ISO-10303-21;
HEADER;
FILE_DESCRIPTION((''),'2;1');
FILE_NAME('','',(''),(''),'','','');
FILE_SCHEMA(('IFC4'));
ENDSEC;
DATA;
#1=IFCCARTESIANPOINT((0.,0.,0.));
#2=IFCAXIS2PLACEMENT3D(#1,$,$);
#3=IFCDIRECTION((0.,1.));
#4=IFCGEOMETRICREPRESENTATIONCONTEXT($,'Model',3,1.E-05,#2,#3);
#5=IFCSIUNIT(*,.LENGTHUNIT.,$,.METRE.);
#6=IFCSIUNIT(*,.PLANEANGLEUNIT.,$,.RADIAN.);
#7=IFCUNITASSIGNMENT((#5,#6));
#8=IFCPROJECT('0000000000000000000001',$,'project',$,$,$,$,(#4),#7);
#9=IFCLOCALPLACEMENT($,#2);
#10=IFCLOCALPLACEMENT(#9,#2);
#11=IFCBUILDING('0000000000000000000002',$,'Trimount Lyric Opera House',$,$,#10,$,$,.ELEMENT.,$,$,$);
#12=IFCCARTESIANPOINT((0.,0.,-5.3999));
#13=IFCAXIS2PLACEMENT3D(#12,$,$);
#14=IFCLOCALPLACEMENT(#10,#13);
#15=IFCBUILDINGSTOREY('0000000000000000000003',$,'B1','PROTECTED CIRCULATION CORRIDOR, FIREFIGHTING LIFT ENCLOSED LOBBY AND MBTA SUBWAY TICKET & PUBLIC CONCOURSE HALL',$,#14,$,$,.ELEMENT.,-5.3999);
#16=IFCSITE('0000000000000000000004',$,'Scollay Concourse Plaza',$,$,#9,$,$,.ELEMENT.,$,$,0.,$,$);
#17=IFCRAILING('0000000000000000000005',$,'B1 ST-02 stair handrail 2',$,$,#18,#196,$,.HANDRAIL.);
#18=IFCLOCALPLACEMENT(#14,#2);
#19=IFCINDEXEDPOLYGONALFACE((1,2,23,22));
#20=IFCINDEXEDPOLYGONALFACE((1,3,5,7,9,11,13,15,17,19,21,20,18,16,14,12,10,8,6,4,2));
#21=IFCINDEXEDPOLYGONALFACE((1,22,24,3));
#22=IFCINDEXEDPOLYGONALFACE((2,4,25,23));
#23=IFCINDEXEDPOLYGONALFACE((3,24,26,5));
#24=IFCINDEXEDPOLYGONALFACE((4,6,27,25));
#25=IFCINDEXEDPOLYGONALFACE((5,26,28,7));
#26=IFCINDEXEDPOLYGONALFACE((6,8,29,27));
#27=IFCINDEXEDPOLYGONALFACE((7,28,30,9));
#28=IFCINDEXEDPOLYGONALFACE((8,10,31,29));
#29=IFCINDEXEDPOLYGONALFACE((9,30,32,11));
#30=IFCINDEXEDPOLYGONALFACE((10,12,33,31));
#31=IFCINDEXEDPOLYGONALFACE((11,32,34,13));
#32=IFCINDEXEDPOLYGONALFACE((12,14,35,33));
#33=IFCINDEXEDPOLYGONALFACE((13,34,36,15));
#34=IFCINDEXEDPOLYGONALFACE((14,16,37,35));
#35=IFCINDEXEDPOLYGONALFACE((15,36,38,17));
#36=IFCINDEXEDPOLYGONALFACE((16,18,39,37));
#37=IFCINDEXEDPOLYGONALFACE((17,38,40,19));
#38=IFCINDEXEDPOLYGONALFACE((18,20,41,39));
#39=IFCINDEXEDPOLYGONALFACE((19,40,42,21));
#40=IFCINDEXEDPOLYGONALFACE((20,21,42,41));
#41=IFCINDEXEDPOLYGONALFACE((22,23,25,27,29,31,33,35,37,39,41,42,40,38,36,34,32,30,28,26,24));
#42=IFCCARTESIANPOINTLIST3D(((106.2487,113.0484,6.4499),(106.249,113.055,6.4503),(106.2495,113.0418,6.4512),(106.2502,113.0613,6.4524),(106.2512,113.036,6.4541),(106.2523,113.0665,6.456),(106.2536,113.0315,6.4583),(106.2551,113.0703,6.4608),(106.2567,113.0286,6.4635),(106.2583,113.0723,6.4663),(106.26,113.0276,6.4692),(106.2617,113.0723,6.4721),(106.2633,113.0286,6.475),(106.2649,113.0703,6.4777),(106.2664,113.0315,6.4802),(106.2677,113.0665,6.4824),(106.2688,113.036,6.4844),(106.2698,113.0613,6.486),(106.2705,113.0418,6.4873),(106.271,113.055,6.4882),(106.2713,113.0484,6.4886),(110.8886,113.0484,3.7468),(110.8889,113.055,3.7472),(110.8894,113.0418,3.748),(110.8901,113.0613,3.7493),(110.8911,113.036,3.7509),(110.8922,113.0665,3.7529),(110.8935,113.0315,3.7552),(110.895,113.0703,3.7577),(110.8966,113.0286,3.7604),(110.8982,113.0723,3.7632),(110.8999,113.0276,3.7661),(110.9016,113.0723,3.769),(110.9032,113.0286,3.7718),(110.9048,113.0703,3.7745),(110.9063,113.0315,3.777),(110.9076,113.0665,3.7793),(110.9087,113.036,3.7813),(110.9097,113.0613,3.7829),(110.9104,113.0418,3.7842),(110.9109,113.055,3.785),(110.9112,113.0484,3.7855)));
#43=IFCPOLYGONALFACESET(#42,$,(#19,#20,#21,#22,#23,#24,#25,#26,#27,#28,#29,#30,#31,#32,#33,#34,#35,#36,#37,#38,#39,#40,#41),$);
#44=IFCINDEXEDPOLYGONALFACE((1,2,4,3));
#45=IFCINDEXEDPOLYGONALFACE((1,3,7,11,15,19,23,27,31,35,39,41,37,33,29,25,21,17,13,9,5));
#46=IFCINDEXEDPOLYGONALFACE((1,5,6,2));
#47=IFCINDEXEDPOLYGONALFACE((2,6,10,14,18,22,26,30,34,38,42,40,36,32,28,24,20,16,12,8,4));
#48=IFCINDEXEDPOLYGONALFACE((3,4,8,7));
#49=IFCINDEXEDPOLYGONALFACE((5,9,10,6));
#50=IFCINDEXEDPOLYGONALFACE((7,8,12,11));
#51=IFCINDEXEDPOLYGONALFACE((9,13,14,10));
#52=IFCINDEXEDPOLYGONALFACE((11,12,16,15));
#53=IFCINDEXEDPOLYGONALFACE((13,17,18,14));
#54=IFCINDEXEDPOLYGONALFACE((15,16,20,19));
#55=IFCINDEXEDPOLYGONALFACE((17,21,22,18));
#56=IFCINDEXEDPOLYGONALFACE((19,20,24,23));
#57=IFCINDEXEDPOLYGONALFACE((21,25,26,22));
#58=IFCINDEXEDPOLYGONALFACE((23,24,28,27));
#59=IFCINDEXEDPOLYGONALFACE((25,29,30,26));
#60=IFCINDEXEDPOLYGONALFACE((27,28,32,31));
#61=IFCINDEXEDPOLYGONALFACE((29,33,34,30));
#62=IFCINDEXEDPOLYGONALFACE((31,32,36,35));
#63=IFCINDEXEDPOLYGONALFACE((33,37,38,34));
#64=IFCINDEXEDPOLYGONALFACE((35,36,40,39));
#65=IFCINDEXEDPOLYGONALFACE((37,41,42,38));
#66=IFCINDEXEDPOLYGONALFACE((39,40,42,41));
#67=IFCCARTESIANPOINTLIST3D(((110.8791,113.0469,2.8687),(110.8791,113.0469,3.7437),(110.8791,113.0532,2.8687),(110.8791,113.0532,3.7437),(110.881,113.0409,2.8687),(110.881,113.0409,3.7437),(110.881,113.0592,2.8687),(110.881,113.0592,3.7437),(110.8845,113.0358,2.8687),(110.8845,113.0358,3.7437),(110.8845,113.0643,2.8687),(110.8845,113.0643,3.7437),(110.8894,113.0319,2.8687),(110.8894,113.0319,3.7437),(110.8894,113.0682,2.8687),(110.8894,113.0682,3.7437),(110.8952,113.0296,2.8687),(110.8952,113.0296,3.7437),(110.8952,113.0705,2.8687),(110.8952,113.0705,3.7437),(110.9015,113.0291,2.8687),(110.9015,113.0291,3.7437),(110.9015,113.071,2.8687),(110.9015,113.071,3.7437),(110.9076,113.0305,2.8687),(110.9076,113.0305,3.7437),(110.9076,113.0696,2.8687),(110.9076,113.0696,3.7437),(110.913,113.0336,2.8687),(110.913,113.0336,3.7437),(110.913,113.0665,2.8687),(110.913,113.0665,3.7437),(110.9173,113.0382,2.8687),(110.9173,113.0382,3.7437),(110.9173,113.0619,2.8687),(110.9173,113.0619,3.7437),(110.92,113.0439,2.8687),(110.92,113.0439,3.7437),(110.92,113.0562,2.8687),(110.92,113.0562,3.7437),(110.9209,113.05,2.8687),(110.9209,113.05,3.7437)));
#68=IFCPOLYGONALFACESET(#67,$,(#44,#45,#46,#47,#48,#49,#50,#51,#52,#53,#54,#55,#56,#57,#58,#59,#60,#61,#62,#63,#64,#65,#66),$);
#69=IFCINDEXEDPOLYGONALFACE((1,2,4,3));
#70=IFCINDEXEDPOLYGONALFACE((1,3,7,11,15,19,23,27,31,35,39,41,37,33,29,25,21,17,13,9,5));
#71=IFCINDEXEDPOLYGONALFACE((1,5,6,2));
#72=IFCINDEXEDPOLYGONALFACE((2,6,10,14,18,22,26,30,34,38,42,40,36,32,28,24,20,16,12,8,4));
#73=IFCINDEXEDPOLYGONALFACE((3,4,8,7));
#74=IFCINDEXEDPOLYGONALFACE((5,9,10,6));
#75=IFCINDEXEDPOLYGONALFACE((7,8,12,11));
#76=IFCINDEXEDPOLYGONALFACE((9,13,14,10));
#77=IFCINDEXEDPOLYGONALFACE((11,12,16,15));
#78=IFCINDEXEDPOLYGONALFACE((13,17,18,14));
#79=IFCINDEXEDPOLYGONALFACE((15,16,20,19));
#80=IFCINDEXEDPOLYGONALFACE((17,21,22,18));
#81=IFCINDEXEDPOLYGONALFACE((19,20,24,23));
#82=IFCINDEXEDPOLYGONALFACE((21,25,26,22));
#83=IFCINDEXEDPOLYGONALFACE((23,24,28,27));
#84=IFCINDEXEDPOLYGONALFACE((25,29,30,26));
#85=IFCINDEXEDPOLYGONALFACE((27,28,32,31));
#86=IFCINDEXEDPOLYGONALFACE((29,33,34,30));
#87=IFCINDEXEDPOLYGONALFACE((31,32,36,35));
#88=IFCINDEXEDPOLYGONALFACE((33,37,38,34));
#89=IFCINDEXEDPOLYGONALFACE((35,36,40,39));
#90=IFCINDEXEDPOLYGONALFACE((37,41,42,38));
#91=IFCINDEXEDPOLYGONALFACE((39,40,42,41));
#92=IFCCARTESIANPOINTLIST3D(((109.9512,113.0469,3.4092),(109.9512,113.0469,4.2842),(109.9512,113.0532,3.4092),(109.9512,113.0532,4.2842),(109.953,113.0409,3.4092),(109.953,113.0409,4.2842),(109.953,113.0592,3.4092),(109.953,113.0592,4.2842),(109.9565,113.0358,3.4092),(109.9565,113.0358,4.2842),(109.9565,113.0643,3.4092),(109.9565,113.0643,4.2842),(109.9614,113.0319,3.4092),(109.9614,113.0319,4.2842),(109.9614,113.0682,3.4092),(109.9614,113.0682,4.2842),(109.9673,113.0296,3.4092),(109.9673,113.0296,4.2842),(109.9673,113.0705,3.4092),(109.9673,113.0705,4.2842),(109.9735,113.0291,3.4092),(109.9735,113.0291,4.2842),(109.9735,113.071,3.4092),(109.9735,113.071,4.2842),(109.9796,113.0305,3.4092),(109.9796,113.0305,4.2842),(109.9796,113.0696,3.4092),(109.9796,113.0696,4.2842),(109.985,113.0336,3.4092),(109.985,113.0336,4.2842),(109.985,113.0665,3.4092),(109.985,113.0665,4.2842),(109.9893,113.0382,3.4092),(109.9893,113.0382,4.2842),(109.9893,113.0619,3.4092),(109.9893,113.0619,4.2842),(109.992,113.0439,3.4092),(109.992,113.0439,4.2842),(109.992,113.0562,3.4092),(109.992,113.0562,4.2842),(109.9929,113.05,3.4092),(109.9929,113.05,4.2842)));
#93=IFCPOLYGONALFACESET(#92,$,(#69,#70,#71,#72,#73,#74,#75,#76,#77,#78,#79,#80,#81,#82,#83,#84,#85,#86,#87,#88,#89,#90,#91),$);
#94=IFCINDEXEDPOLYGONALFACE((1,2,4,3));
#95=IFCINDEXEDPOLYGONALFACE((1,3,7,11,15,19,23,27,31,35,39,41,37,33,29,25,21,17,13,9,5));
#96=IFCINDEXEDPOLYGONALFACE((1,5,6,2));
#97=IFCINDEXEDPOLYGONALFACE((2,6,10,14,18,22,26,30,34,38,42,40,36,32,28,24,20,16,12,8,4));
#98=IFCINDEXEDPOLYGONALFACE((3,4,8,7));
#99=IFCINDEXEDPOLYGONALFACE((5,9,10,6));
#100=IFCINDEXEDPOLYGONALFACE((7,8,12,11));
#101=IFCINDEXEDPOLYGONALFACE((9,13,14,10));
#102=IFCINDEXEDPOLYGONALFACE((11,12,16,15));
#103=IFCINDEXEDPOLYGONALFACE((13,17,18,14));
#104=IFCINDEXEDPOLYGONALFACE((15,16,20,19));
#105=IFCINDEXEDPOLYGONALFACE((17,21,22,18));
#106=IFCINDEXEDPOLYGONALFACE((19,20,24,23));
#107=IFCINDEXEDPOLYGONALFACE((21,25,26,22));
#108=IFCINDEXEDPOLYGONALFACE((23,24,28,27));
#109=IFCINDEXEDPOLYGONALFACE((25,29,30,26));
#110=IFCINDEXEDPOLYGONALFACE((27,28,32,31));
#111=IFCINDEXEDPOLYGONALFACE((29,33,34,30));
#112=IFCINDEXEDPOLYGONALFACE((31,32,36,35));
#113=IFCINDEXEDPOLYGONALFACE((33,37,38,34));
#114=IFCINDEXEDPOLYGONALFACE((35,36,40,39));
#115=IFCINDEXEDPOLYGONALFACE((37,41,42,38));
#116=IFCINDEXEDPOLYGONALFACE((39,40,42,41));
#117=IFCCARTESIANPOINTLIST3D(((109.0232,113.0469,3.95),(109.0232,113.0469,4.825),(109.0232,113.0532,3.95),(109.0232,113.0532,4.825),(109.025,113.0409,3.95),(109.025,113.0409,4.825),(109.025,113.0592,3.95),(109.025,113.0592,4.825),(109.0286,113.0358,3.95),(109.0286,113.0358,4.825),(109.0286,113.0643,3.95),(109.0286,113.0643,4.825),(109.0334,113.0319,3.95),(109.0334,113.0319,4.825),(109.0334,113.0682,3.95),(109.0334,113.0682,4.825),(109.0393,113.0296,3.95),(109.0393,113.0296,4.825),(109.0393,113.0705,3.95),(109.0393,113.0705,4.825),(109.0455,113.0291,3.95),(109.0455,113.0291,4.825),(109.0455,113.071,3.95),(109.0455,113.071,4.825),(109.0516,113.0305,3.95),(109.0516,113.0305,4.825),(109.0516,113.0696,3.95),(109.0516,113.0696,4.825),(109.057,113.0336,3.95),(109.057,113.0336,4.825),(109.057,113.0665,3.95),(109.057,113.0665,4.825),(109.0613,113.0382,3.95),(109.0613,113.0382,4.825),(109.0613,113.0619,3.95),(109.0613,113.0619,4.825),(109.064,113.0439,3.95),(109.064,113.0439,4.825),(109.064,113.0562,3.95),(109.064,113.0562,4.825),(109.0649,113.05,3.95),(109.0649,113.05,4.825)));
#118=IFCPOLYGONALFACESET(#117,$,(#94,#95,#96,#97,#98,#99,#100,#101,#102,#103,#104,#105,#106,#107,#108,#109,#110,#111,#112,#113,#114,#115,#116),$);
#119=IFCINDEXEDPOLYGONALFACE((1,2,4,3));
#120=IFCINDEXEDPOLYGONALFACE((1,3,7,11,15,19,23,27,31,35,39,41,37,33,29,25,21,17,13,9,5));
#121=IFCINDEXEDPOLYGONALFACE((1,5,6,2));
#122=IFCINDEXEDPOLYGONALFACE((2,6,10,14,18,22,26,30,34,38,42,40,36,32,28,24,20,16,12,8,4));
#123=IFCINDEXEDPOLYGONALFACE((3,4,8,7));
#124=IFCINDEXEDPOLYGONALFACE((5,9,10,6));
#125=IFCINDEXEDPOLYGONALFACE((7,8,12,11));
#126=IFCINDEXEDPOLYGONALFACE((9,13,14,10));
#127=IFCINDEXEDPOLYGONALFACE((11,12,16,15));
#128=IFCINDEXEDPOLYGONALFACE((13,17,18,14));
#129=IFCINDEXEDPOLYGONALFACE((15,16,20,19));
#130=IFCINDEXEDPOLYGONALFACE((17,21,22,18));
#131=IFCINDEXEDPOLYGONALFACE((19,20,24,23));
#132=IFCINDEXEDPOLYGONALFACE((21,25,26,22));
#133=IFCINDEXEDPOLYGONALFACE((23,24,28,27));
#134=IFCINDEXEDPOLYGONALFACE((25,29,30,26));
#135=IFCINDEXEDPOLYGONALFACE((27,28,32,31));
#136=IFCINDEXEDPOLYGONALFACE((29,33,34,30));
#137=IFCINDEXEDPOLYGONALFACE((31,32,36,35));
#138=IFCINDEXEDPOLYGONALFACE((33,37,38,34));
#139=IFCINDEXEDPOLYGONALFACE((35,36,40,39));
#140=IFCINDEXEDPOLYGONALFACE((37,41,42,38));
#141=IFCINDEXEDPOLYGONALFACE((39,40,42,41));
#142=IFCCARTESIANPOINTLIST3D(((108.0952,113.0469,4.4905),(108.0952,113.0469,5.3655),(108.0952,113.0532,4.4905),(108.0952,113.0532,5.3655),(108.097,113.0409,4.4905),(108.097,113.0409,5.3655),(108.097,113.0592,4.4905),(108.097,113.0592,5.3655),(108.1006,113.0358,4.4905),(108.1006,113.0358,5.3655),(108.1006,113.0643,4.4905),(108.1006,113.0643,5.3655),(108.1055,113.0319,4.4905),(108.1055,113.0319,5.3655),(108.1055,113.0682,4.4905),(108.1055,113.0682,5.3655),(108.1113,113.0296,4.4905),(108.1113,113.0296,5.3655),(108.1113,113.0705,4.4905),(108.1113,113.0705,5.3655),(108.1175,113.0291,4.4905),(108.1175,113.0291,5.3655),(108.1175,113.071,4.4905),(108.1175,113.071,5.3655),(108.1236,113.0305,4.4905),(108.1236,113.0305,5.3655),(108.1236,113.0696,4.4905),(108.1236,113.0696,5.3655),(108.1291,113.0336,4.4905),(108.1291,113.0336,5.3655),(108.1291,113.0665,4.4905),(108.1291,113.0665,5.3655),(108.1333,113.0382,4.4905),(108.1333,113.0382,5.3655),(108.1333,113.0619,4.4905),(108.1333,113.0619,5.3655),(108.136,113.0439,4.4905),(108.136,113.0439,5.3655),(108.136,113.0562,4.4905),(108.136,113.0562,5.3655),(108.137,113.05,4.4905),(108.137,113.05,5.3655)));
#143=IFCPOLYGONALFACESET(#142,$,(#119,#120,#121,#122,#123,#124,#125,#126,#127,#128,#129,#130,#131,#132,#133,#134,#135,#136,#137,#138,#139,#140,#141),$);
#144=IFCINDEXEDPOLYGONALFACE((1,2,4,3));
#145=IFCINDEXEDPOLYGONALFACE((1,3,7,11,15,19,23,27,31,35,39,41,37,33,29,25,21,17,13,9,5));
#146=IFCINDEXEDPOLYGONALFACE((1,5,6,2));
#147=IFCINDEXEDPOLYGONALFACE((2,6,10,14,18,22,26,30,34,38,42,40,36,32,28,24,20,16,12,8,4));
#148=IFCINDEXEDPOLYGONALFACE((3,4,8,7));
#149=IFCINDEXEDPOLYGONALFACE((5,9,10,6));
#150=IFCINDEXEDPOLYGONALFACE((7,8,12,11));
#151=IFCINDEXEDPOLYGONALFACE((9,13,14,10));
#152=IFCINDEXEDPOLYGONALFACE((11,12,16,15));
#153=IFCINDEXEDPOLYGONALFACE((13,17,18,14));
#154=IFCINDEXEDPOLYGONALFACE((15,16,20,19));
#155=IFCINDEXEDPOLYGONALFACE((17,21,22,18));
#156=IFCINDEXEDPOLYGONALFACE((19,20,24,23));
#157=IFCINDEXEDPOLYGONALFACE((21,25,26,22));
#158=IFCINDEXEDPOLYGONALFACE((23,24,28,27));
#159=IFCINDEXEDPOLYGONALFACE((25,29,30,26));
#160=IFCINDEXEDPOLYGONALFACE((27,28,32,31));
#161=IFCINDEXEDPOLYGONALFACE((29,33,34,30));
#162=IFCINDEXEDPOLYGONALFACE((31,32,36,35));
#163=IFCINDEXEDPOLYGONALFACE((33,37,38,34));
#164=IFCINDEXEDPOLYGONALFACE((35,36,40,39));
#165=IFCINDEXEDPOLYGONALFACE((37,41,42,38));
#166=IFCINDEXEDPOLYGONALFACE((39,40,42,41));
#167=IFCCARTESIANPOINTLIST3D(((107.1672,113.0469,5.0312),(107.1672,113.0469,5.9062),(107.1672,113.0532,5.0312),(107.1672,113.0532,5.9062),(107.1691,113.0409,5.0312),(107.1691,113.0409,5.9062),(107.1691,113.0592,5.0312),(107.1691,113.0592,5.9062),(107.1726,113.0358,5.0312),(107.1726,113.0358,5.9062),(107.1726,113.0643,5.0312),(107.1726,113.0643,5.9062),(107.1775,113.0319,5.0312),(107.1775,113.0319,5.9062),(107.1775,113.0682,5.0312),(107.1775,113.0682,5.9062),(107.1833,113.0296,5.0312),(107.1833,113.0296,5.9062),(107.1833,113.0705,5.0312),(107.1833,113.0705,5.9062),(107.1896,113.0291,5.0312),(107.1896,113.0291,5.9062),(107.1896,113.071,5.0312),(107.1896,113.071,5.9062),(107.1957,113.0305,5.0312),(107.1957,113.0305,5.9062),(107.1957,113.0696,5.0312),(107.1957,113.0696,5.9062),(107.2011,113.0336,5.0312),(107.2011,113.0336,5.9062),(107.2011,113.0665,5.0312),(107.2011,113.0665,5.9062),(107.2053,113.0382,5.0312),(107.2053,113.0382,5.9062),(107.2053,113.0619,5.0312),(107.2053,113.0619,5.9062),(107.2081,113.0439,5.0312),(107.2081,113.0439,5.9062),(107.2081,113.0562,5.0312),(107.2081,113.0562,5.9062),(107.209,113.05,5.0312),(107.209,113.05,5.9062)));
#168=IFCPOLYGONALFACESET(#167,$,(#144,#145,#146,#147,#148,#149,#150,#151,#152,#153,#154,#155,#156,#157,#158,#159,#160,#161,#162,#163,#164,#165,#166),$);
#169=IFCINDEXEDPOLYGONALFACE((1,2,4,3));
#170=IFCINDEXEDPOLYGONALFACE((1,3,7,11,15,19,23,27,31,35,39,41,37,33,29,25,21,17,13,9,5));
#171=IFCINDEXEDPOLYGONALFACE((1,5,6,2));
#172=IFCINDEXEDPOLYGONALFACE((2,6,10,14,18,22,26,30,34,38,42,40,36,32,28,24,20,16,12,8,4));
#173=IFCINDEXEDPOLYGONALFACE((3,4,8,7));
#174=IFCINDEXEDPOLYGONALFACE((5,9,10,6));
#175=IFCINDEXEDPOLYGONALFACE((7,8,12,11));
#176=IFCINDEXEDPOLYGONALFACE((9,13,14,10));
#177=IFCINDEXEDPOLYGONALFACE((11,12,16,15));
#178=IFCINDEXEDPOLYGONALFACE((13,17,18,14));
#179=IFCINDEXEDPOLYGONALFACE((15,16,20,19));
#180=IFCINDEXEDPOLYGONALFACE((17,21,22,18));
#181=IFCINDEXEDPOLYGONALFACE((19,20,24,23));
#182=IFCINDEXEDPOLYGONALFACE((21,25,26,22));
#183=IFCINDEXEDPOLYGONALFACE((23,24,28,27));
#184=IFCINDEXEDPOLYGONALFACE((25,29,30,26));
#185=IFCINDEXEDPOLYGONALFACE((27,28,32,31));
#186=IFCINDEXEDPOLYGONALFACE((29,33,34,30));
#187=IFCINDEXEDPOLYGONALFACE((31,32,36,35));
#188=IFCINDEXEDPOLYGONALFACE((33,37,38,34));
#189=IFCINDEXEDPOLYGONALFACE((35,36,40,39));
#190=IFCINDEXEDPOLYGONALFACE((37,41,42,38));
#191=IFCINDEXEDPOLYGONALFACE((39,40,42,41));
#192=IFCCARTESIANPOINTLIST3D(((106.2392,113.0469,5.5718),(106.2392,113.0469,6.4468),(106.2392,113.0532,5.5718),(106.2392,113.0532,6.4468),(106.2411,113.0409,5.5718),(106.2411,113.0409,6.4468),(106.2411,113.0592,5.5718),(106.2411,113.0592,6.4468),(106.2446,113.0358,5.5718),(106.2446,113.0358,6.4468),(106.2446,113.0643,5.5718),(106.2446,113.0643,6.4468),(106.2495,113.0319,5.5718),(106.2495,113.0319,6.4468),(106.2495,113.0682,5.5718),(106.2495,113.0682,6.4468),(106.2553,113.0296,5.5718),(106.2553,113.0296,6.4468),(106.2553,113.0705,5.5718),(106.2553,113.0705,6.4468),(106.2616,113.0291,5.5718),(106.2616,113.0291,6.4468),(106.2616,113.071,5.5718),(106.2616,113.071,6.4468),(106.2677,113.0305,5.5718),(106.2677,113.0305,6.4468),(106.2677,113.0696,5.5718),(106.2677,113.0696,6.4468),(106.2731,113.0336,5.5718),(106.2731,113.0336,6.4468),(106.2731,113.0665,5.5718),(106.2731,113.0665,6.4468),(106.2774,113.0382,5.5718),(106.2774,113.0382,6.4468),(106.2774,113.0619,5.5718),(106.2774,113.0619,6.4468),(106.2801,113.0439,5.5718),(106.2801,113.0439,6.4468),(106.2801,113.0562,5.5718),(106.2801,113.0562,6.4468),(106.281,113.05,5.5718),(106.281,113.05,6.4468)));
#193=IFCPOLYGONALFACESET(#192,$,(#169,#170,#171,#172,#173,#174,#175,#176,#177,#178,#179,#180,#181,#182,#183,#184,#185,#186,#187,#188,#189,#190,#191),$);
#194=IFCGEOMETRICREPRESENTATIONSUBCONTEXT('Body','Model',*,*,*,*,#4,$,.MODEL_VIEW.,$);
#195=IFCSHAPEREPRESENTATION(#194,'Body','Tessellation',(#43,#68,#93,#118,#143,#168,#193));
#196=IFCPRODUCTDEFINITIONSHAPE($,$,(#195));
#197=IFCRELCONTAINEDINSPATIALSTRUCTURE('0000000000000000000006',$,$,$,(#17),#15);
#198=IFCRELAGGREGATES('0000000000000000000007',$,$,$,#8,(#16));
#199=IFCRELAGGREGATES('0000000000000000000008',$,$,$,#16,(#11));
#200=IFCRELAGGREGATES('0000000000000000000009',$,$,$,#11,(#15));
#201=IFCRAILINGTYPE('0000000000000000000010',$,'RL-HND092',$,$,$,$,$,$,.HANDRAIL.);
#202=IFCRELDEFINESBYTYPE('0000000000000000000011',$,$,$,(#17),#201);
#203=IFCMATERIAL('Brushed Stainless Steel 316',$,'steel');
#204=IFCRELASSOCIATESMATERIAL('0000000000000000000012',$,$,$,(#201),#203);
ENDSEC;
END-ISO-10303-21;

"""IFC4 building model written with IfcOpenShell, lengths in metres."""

from ifc_helpers import new_model, si_unit, direction, frame, origin, origin_2d, place, context, subcontext, project, spatial, circle, extrude, material, type_object, element, save


model = new_model("IFC4")

# Units and contexts
model_context = context("Model", 3, precision=1e-05, world=origin(), true_north=direction((0.0, 1.0)))
body_context = subcontext(model_context, "Body", "Model", "MODEL_VIEW")
ifc_project = project(units=[si_unit("LENGTHUNIT", "METRE"), si_unit("PLANEANGLEUNIT", "RADIAN")], contexts=[model_context])

# Site, building, storey
site_placement = place(None, origin())
site = spatial("IfcSite", under=ifc_project, at=site_placement, Name="Scollay Concourse Plaza", CompositionType="ELEMENT", RefElevation=0.0)
building_placement = place(site_placement, origin())
building = spatial("IfcBuilding", under=site, at=building_placement, Name="Trimount Lyric Opera House", CompositionType="ELEMENT")
storey_placement = place(building_placement, frame((0.0, 0.0, -5.3999)))
storey = spatial("IfcBuildingStorey", under=building, at=storey_placement, Name="B1", Description="PROTECTED CIRCULATION CORRIDOR, FIREFIGHTING LIFT ENCLOSED LOBBY AND MBTA SUBWAY TICKET & PUBLIC CONCOURSE HALL", CompositionType="ELEMENT", Elevation=-5.3999)

# Railing
ifc_material_1 = material(Name="Brushed Stainless Steel 316", Category="steel")
railing_type_1 = type_object("IfcRailingType", Name="RL-HND092", PredefinedType="HANDRAIL", material=ifc_material_1)
railing_1_placement = place(storey_placement, frame((110.8999, 113.05, 2.8687)))
element("IfcRailing", 1, at=railing_1_placement, inside=storey, type_object=railing_type_1, Name="B1 ST-02 stair handrail 2", PredefinedType="HANDRAIL", context=body_context, shape_type="SweptSolid", body=[
    extrude(circle(Radius=0.0225, at=origin_2d()), frame((0.0, 0.0, 0.8975), z_axis=(-0.864061, 0.0, 0.503388), x_axis=(0.0, -1.0, 0.0)), (0.0, 0.0, 1.0), 5.3699),
    extrude(circle(Radius=0.021, at=origin_2d()), origin(), (0.0, 0.0, 1.0), 0.875),
    extrude(circle(Radius=0.021, at=origin_2d()), frame((-0.928, 0.0, 0.5405)), (0.0, 0.0, 1.0), 0.875),
    extrude(circle(Radius=0.021, at=origin_2d()), frame((-1.856, 0.0, 1.0813)), (0.0, 0.0, 1.0), 0.875),
    extrude(circle(Radius=0.021, at=origin_2d()), frame((-2.7839, 0.0, 1.6218)), (0.0, 0.0, 1.0), 0.875),
    extrude(circle(Radius=0.021, at=origin_2d()), frame((-3.7119, 0.0, 2.1626)), (0.0, 0.0, 1.0), 0.875),
    extrude(circle(Radius=0.021, at=origin_2d()), frame((-4.6399, 0.0, 2.7031)), (0.0, 0.0, 1.0), 0.875),
])

save(model, "model.ifc")
